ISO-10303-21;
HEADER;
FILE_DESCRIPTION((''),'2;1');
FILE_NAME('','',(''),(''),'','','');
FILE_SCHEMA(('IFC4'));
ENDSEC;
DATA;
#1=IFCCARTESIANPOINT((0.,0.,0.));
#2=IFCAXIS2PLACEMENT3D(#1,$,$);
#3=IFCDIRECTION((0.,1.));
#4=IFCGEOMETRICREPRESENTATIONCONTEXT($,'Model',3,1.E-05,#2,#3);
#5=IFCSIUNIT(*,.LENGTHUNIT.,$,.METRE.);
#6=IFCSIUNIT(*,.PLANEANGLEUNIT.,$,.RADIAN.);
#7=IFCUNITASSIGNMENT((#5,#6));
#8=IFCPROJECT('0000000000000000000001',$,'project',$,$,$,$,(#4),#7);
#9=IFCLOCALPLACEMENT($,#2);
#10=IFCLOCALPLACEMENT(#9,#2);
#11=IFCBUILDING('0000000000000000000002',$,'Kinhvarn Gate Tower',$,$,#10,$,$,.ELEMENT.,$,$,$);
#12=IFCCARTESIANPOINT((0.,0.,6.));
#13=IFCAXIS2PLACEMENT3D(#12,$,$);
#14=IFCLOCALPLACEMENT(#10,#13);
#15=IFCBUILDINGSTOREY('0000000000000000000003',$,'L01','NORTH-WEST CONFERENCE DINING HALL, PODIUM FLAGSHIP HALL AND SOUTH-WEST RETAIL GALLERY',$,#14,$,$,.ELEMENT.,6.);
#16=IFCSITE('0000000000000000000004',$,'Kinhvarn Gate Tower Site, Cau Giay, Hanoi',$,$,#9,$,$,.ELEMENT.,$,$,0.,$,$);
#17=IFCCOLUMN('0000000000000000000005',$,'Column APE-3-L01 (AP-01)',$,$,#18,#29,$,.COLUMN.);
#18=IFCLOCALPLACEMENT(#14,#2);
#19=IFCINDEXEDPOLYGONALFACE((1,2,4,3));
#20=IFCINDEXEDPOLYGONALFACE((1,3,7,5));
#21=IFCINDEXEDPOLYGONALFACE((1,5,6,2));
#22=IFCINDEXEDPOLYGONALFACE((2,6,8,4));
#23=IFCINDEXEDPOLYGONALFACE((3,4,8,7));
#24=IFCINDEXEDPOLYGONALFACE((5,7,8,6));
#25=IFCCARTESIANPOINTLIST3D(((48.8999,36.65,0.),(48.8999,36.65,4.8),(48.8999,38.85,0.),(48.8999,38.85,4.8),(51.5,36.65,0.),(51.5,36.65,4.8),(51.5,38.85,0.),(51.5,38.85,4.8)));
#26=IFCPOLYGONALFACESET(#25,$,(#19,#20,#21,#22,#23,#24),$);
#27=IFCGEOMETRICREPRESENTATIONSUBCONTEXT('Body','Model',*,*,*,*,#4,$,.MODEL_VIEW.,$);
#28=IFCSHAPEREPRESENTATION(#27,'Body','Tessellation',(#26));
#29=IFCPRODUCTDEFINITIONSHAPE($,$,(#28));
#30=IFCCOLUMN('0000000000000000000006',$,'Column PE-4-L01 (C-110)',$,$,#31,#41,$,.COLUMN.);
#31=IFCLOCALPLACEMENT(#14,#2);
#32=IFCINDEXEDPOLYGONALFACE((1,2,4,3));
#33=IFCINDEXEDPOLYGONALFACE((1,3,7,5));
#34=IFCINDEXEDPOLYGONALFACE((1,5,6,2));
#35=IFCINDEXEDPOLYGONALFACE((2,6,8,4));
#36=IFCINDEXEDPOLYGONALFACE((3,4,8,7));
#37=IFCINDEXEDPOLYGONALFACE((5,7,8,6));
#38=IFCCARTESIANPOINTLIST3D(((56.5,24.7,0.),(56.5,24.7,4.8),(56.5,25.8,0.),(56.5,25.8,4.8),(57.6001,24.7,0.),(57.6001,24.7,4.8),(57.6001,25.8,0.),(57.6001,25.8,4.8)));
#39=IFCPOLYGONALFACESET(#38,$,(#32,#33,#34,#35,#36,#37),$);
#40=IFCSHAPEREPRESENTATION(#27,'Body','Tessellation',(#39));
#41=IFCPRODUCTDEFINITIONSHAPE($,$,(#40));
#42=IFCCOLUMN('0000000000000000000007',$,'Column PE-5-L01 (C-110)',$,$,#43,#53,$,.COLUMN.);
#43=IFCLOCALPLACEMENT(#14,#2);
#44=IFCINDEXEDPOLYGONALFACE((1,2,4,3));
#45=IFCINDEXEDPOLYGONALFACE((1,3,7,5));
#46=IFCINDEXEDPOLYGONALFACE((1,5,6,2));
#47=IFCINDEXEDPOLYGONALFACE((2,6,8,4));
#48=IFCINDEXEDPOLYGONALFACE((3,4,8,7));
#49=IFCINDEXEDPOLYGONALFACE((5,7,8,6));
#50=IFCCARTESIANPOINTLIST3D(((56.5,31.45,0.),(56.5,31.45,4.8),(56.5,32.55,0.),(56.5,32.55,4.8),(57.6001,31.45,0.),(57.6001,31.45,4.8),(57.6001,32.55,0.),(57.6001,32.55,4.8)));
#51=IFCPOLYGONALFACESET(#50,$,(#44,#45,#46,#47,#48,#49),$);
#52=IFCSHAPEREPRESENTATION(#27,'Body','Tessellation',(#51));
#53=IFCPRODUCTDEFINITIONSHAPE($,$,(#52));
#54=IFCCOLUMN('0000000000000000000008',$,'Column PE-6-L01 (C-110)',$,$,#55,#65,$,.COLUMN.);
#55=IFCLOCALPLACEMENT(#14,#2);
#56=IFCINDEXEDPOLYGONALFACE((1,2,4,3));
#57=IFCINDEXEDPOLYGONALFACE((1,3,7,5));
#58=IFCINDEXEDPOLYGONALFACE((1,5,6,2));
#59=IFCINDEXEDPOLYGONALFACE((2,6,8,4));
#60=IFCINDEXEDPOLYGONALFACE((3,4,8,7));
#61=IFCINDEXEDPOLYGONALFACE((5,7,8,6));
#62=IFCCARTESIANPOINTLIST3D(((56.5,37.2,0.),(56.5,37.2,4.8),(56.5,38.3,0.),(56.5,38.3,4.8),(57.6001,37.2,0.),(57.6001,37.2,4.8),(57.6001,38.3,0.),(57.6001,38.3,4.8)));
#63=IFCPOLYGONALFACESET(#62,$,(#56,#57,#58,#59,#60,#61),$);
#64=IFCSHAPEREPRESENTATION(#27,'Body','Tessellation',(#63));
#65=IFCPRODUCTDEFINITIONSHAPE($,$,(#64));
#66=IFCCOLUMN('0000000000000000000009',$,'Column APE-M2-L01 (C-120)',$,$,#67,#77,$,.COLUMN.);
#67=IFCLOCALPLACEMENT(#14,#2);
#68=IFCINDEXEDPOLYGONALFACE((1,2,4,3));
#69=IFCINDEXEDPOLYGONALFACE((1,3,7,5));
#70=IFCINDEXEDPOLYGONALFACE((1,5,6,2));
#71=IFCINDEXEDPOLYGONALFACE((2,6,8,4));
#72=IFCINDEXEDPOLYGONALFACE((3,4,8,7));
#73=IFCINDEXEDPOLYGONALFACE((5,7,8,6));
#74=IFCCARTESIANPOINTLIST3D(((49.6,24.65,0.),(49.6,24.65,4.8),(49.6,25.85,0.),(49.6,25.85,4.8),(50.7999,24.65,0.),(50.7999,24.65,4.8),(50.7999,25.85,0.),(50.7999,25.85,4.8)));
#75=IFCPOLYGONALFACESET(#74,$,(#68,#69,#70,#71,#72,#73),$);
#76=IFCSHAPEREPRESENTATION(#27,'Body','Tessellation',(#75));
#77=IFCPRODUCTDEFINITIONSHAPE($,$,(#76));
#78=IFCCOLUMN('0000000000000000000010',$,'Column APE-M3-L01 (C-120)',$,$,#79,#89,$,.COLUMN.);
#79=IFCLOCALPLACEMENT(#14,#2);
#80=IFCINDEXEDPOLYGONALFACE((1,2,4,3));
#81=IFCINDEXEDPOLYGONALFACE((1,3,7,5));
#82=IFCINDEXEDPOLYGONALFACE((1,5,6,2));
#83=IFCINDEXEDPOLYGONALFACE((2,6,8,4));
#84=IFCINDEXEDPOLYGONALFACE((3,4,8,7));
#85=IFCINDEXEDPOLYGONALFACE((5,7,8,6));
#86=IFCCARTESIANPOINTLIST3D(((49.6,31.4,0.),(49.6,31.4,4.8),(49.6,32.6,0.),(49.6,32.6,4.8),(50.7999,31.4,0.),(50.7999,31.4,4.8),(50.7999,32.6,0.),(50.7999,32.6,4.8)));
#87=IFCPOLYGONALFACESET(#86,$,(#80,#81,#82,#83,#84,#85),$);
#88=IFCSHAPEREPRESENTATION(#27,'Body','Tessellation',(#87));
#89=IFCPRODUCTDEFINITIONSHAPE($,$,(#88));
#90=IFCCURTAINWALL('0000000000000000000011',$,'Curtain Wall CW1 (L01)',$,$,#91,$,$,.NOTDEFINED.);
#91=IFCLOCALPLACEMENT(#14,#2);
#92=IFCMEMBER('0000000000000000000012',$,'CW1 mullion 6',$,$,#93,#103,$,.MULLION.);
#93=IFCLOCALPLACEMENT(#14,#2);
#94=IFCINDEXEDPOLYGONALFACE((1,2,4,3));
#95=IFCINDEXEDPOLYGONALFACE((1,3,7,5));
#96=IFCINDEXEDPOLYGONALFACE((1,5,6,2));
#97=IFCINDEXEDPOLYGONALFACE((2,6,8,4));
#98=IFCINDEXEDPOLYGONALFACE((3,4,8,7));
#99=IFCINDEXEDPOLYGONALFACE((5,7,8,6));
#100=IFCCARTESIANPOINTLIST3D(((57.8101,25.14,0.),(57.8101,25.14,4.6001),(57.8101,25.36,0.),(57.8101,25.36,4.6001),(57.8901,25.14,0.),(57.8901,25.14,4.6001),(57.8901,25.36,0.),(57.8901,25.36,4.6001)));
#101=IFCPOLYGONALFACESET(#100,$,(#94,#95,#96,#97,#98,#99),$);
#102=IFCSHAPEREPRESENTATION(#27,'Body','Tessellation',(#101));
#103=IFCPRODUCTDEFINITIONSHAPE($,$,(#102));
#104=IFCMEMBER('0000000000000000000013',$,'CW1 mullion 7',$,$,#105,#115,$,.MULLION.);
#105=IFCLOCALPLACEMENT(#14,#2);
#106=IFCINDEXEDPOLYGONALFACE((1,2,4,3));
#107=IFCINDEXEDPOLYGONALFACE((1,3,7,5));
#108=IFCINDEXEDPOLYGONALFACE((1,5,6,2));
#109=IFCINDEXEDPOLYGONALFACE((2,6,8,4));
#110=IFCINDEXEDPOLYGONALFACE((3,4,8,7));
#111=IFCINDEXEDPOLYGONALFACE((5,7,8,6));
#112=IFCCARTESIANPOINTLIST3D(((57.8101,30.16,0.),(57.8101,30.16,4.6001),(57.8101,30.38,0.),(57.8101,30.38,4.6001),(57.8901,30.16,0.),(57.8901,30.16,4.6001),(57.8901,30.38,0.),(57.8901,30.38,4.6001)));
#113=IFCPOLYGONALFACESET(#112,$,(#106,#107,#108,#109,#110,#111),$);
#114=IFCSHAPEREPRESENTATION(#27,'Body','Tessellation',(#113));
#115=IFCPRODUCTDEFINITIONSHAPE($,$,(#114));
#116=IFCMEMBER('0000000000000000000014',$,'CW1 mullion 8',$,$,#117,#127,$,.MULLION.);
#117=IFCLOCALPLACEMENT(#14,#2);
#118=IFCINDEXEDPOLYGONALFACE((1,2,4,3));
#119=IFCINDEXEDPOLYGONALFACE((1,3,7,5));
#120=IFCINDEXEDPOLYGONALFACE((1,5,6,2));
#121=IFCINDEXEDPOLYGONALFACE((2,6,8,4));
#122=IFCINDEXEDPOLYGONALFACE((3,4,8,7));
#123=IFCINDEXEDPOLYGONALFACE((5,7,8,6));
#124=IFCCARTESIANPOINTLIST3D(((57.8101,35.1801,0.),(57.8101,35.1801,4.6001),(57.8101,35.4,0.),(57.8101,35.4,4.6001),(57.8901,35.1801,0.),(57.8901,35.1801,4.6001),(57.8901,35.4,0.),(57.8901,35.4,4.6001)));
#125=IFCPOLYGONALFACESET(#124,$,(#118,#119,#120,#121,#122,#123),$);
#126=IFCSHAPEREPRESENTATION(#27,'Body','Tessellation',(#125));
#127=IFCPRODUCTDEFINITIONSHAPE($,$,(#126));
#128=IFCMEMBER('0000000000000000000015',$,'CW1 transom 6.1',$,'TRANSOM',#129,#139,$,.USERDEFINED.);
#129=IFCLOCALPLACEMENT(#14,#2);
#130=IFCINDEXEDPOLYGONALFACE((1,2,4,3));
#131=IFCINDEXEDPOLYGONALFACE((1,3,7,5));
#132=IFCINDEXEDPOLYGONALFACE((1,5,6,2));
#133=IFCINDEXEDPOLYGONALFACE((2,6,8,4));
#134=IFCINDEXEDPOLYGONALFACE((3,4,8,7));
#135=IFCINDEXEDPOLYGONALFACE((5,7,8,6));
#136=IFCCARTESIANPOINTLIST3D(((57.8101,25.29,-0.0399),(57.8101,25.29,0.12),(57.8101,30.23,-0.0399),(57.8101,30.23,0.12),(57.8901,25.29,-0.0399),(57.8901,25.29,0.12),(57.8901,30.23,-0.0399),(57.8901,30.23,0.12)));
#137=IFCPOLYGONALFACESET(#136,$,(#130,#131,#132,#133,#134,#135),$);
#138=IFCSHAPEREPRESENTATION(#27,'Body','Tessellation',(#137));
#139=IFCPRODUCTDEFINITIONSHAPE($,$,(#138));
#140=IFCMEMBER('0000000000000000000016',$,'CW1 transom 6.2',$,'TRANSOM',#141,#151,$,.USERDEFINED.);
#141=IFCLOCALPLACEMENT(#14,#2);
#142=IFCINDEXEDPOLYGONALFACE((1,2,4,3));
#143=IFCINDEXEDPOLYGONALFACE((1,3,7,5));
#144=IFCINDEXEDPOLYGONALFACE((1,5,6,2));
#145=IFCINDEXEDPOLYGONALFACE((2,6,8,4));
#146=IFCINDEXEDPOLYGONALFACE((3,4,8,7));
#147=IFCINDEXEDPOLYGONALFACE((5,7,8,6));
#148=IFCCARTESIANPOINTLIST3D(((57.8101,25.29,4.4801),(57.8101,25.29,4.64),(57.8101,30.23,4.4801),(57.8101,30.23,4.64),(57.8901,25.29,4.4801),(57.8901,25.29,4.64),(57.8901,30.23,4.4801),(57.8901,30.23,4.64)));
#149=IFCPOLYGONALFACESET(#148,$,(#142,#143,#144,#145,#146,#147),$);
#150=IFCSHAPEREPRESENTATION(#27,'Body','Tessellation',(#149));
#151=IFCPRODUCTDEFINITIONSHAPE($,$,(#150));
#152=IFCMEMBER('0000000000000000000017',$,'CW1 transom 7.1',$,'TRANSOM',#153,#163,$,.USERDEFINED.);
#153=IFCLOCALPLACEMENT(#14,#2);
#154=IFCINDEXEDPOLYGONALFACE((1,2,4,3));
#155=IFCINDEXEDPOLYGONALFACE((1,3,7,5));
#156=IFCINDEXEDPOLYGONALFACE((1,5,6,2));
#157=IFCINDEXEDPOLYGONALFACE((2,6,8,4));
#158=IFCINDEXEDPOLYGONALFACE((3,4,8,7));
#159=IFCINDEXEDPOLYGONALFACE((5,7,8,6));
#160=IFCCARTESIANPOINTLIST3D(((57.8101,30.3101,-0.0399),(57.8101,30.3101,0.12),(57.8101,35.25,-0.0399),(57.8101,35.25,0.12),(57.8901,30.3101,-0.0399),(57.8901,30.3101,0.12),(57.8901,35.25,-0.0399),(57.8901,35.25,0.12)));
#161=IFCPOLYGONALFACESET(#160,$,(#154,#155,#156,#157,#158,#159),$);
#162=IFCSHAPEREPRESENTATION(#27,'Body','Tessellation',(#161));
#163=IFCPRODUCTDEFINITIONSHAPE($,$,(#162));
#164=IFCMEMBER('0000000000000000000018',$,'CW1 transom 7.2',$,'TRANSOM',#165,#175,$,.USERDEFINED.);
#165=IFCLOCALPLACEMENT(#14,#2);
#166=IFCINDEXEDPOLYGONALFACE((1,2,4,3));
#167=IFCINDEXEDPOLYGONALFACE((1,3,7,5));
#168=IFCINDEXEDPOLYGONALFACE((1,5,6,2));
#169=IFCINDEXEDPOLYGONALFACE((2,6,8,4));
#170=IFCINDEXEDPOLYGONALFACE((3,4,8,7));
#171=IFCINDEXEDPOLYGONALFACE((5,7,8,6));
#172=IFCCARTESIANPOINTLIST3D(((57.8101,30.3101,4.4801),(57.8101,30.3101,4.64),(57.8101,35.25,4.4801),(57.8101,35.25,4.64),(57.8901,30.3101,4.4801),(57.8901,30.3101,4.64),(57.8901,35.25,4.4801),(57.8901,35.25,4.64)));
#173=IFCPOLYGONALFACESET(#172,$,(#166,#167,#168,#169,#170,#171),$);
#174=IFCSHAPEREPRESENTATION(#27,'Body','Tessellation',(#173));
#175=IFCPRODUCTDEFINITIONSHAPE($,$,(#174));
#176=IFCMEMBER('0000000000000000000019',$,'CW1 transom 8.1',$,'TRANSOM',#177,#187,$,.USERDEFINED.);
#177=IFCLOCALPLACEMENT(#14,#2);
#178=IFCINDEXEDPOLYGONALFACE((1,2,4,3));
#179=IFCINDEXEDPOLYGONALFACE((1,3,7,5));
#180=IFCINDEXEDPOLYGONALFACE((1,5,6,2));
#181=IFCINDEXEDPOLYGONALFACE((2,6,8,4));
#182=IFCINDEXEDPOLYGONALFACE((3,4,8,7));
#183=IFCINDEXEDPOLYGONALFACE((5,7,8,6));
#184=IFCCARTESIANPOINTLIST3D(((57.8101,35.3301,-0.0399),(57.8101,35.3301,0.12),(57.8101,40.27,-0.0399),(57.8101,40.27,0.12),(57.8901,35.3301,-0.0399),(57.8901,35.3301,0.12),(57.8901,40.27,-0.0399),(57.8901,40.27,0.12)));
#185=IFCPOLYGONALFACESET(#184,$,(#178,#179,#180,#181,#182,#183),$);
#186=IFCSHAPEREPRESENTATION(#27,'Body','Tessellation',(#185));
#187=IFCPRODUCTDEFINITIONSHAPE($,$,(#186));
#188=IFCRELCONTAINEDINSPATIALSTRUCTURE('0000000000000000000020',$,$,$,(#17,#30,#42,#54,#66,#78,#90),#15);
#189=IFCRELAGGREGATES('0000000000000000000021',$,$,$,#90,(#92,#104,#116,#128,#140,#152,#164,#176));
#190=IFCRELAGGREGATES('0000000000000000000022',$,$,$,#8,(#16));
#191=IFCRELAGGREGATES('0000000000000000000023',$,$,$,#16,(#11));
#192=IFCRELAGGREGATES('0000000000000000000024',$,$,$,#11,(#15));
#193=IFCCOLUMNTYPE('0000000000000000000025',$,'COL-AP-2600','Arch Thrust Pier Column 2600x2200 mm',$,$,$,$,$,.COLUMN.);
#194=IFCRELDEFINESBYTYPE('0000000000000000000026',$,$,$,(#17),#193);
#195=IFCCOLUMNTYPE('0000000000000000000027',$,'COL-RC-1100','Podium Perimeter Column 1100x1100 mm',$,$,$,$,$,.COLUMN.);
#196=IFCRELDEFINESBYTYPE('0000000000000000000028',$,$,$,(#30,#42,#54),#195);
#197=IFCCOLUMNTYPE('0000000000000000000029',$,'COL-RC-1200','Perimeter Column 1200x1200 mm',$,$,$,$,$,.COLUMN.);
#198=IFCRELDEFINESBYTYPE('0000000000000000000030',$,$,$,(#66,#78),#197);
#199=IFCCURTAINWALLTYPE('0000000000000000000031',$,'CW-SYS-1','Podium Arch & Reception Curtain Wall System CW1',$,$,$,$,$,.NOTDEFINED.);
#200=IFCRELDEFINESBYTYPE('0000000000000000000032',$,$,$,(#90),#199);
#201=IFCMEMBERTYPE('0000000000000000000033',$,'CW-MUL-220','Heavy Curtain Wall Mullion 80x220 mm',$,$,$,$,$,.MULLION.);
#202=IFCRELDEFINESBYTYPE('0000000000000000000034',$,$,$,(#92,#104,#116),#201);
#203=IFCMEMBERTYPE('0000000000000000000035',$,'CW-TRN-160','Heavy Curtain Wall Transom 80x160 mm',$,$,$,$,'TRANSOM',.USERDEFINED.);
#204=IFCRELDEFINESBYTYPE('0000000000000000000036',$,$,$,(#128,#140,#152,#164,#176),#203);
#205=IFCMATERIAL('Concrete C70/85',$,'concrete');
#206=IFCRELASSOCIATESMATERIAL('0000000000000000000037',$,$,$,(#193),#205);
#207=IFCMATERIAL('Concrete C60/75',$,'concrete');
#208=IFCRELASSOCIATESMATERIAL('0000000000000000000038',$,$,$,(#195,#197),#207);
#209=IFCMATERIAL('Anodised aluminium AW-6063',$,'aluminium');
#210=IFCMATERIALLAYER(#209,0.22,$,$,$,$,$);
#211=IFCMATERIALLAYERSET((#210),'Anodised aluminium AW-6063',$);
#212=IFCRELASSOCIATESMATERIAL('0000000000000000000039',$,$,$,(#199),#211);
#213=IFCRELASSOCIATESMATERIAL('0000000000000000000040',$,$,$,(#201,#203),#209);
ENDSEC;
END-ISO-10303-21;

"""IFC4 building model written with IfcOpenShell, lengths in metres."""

from ifc_helpers import new_model, si_unit, direction, frame, origin, origin_2d, place, context, subcontext, project, spatial, rectangle, extrude, material, layer, layer_set, material_profile, profile_set, type_object, element, aggregate, save


model = new_model("IFC4")

# Units and contexts
model_context = context("Model", 3, precision=1e-05, world=origin(), true_north=direction((0.0, 1.0)))
body_context = subcontext(model_context, "Body", "Model", "MODEL_VIEW")
ifc_project = project(units=[si_unit("LENGTHUNIT", "METRE"), si_unit("PLANEANGLEUNIT", "RADIAN")], contexts=[model_context])

# Site, building, storey
site_placement = place(None, origin())
site = spatial("IfcSite", under=ifc_project, at=site_placement, Name="Kinhvarn Gate Tower Site, Cau Giay, Hanoi", CompositionType="ELEMENT", RefElevation=0.0)
building_placement = place(site_placement, origin())
building = spatial("IfcBuilding", under=site, at=building_placement, Name="Kinhvarn Gate Tower", CompositionType="ELEMENT")
storey_placement = place(building_placement, frame((0.0, 0.0, 6.0)))
storey = spatial("IfcBuildingStorey", under=building, at=storey_placement, Name="L01", Description="NORTH-WEST CONFERENCE DINING HALL, PODIUM FLAGSHIP HALL AND SOUTH-WEST RETAIL GALLERY", CompositionType="ELEMENT", Elevation=6.0)

# Columns
ifc_material_1 = material(Name="Concrete C70/85", Category="concrete")
ifc_material_profile_1 = material_profile(ifc_material_1, rectangle(XDim=2.6001, YDim=2.2, at=origin_2d()), Name="RC 2600x2200")
ifc_profile_set_1 = profile_set([ifc_material_profile_1], Name="Concrete C70/85")
column_type_1 = type_object("IfcColumnType", Name="COL-AP-2600", Description="Arch Thrust Pier Column 2600x2200 mm", PredefinedType="COLUMN", material=ifc_profile_set_1)
column_placement = place(storey_placement, frame((50.2, 37.75, 0.0), z_axis=(0.0, 0.0, 1.0), x_axis=(1.0, 0.0, 0.0)))
element("IfcColumn", 1, at=column_placement, inside=storey, type_object=column_type_1, Name="Column APE-3-L01 (AP-01)", PredefinedType="COLUMN", context=body_context, shape_type="SweptSolid", body=[
    extrude(rectangle(XDim=2.6001, YDim=2.2, at=origin_2d()), origin(), (0.0, 0.0, 1.0), 4.8),
])
ifc_material_2 = material(Name="Concrete C60/75", Category="concrete")
ifc_material_profile_2 = material_profile(ifc_material_2, rectangle(XDim=1.1001, YDim=1.1001, at=origin_2d()), Name="RC 1100x1100")
ifc_profile_set_2 = profile_set([ifc_material_profile_2], Name="Concrete C60/75")
column_type_2 = type_object("IfcColumnType", Name="COL-RC-1100", Description="Podium Perimeter Column 1100x1100 mm", PredefinedType="COLUMN", material=ifc_profile_set_2)
for number, where, z_axis, x_axis, name in (
    (2, (57.05, 25.25, 0.0), (0.0, 0.0, 1.0), (1.0, 0.0, 0.0), "Column PE-4-L01 (C-110)"),
    (3, (57.05, 32.0, 0.0), (0.0, 0.0, 1.0), (1.0, 0.0, 0.0), "Column PE-5-L01 (C-110)"),
    (4, (57.05, 37.75, 0.0), (0.0, 0.0, 1.0), (1.0, 0.0, 0.0), "Column PE-6-L01 (C-110)"),
):
    element("IfcColumn", number, at=place(storey_placement, frame(where, z_axis=z_axis, x_axis=x_axis)), inside=storey, type_object=column_type_2, Name=name, PredefinedType="COLUMN", context=body_context, shape_type="SweptSolid", body=[
        extrude(rectangle(XDim=1.1001, YDim=1.1001, at=origin_2d()), origin(), (0.0, 0.0, 1.0), 4.8),
    ])
ifc_material_profile_3 = material_profile(ifc_material_2, rectangle(XDim=1.2, YDim=1.2, at=origin_2d()), Name="RC 1200x1200")
ifc_profile_set_3 = profile_set([ifc_material_profile_3], Name="Concrete C60/75")
column_type_3 = type_object("IfcColumnType", Name="COL-RC-1200", Description="Perimeter Column 1200x1200 mm", PredefinedType="COLUMN", material=ifc_profile_set_3)
for number, where, z_axis, x_axis, name in (
    (5, (50.2, 25.25, 0.0), (0.0, 0.0, 1.0), (1.0, 0.0, 0.0), "Column APE-M2-L01 (C-120)"),
    (6, (50.2, 32.0, 0.0), (0.0, 0.0, 1.0), (1.0, 0.0, 0.0), "Column APE-M3-L01 (C-120)"),
):
    element("IfcColumn", number, at=place(storey_placement, frame(where, z_axis=z_axis, x_axis=x_axis)), inside=storey, type_object=column_type_3, Name=name, PredefinedType="COLUMN", context=body_context, shape_type="SweptSolid", body=[
        extrude(rectangle(XDim=1.2, YDim=1.2, at=origin_2d()), origin(), (0.0, 0.0, 1.0), 4.8),
    ])

# Curtain wall, members
ifc_material_3 = material(Name="Anodised aluminium AW-6063", Category="aluminium")
ifc_layer_1 = layer(ifc_material_3, 0.22)
ifc_layer_set_1 = layer_set([ifc_layer_1], Name="Anodised aluminium AW-6063")
curtain_wall_type = type_object("IfcCurtainWallType", Name="CW-SYS-1", Description="Podium Arch & Reception Curtain Wall System CW1", PredefinedType="NOTDEFINED", material=ifc_layer_set_1)
curtain_wall_placement = place(storey_placement, origin())
curtain_wall = element("IfcCurtainWall", 7, at=curtain_wall_placement, inside=storey, type_object=curtain_wall_type, Name="Curtain Wall CW1 (L01)", PredefinedType="NOTDEFINED")
ifc_material_profile_4 = material_profile(ifc_material_3, rectangle(XDim=0.0801, YDim=0.22, at=origin_2d()), Name="ALU 80x220")
ifc_profile_set_4 = profile_set([ifc_material_profile_4], Name="Anodised aluminium AW-6063")
member_type_1 = type_object("IfcMemberType", Name="CW-MUL-220", Description="Heavy Curtain Wall Mullion 80x220 mm", PredefinedType="MULLION", material=ifc_profile_set_4)
member_1_placement = place(storey_placement, frame((57.8501, 25.25, 0.0), z_axis=(0.0, 0.0, 1.0), x_axis=(-1.0, 0.0, 0.0)))
member_1 = element("IfcMember", 8, at=member_1_placement, type_object=member_type_1, Name="CW1 mullion 6", PredefinedType="MULLION", context=body_context, shape_type="SweptSolid", body=[
    extrude(rectangle(XDim=0.0801, YDim=0.22, at=origin_2d()), origin(), (0.0, 0.0, 1.0), 4.6001),
])
member_2_placement = place(storey_placement, frame((57.8501, 30.27, 0.0), z_axis=(0.0, 0.0, 1.0), x_axis=(-1.0, 0.0, 0.0)))
member_2 = element("IfcMember", 9, at=member_2_placement, type_object=member_type_1, Name="CW1 mullion 7", PredefinedType="MULLION", context=body_context, shape_type="SweptSolid", body=[
    extrude(rectangle(XDim=0.0801, YDim=0.22, at=origin_2d()), origin(), (0.0, 0.0, 1.0), 4.6001),
])
member_3_placement = place(storey_placement, frame((57.8501, 35.29, 0.0), z_axis=(0.0, 0.0, 1.0), x_axis=(-1.0, 0.0, 0.0)))
member_3 = element("IfcMember", 10, at=member_3_placement, type_object=member_type_1, Name="CW1 mullion 8", PredefinedType="MULLION", context=body_context, shape_type="SweptSolid", body=[
    extrude(rectangle(XDim=0.0801, YDim=0.22, at=origin_2d()), origin(), (0.0, 0.0, 1.0), 4.6001),
])
ifc_material_profile_5 = material_profile(ifc_material_3, rectangle(XDim=0.0801, YDim=0.1599, at=origin_2d()), Name="ALU 80x160")
ifc_profile_set_5 = profile_set([ifc_material_profile_5], Name="Anodised aluminium AW-6063")
member_type_2 = type_object("IfcMemberType", Name="CW-TRN-160", Description="Heavy Curtain Wall Transom 80x160 mm", ElementType="TRANSOM", PredefinedType="USERDEFINED", material=ifc_profile_set_5)
member_4_placement = place(storey_placement, frame((57.8501, 25.29, 0.04), z_axis=(0.0, 1.0, 0.0), x_axis=(-1.0, 0.0, 0.0)))
member_4 = element("IfcMember", 11, at=member_4_placement, type_object=member_type_2, Name="CW1 transom 6.1", ObjectType="TRANSOM", PredefinedType="USERDEFINED", context=body_context, shape_type="SweptSolid", body=[
    extrude(rectangle(XDim=0.0801, YDim=0.1599, at=origin_2d()), origin(), (0.0, 0.0, 1.0), 4.9399),
])
member_5_placement = place(storey_placement, frame((57.8501, 25.29, 4.5601), z_axis=(0.0, 1.0, 0.0), x_axis=(-1.0, 0.0, 0.0)))
member_5 = element("IfcMember", 12, at=member_5_placement, type_object=member_type_2, Name="CW1 transom 6.2", ObjectType="TRANSOM", PredefinedType="USERDEFINED", context=body_context, shape_type="SweptSolid", body=[
    extrude(rectangle(XDim=0.0801, YDim=0.1599, at=origin_2d()), origin(), (0.0, 0.0, 1.0), 4.9399),
])
member_6_placement = place(storey_placement, frame((57.8501, 30.3101, 0.04), z_axis=(0.0, 1.0, 0.0), x_axis=(-1.0, 0.0, 0.0)))
member_6 = element("IfcMember", 13, at=member_6_placement, type_object=member_type_2, Name="CW1 transom 7.1", ObjectType="TRANSOM", PredefinedType="USERDEFINED", context=body_context, shape_type="SweptSolid", body=[
    extrude(rectangle(XDim=0.0801, YDim=0.1599, at=origin_2d()), origin(), (0.0, 0.0, 1.0), 4.9399),
])
member_7_placement = place(storey_placement, frame((57.8501, 30.3101, 4.5601), z_axis=(0.0, 1.0, 0.0), x_axis=(-1.0, 0.0, 0.0)))
member_7 = element("IfcMember", 14, at=member_7_placement, type_object=member_type_2, Name="CW1 transom 7.2", ObjectType="TRANSOM", PredefinedType="USERDEFINED", context=body_context, shape_type="SweptSolid", body=[
    extrude(rectangle(XDim=0.0801, YDim=0.1599, at=origin_2d()), origin(), (0.0, 0.0, 1.0), 4.9399),
])
member_8_placement = place(storey_placement, frame((57.8501, 35.3301, 0.04), z_axis=(0.0, 1.0, 0.0), x_axis=(-1.0, 0.0, 0.0)))
member_8 = element("IfcMember", 15, at=member_8_placement, type_object=member_type_2, Name="CW1 transom 8.1", ObjectType="TRANSOM", PredefinedType="USERDEFINED", context=body_context, shape_type="SweptSolid", body=[
    extrude(rectangle(XDim=0.0801, YDim=0.1599, at=origin_2d()), origin(), (0.0, 0.0, 1.0), 4.9399),
])

aggregate(curtain_wall, [member_1, member_2, member_3, member_4, member_5, member_6, member_7, member_8])

save(model, "model.ifc")
